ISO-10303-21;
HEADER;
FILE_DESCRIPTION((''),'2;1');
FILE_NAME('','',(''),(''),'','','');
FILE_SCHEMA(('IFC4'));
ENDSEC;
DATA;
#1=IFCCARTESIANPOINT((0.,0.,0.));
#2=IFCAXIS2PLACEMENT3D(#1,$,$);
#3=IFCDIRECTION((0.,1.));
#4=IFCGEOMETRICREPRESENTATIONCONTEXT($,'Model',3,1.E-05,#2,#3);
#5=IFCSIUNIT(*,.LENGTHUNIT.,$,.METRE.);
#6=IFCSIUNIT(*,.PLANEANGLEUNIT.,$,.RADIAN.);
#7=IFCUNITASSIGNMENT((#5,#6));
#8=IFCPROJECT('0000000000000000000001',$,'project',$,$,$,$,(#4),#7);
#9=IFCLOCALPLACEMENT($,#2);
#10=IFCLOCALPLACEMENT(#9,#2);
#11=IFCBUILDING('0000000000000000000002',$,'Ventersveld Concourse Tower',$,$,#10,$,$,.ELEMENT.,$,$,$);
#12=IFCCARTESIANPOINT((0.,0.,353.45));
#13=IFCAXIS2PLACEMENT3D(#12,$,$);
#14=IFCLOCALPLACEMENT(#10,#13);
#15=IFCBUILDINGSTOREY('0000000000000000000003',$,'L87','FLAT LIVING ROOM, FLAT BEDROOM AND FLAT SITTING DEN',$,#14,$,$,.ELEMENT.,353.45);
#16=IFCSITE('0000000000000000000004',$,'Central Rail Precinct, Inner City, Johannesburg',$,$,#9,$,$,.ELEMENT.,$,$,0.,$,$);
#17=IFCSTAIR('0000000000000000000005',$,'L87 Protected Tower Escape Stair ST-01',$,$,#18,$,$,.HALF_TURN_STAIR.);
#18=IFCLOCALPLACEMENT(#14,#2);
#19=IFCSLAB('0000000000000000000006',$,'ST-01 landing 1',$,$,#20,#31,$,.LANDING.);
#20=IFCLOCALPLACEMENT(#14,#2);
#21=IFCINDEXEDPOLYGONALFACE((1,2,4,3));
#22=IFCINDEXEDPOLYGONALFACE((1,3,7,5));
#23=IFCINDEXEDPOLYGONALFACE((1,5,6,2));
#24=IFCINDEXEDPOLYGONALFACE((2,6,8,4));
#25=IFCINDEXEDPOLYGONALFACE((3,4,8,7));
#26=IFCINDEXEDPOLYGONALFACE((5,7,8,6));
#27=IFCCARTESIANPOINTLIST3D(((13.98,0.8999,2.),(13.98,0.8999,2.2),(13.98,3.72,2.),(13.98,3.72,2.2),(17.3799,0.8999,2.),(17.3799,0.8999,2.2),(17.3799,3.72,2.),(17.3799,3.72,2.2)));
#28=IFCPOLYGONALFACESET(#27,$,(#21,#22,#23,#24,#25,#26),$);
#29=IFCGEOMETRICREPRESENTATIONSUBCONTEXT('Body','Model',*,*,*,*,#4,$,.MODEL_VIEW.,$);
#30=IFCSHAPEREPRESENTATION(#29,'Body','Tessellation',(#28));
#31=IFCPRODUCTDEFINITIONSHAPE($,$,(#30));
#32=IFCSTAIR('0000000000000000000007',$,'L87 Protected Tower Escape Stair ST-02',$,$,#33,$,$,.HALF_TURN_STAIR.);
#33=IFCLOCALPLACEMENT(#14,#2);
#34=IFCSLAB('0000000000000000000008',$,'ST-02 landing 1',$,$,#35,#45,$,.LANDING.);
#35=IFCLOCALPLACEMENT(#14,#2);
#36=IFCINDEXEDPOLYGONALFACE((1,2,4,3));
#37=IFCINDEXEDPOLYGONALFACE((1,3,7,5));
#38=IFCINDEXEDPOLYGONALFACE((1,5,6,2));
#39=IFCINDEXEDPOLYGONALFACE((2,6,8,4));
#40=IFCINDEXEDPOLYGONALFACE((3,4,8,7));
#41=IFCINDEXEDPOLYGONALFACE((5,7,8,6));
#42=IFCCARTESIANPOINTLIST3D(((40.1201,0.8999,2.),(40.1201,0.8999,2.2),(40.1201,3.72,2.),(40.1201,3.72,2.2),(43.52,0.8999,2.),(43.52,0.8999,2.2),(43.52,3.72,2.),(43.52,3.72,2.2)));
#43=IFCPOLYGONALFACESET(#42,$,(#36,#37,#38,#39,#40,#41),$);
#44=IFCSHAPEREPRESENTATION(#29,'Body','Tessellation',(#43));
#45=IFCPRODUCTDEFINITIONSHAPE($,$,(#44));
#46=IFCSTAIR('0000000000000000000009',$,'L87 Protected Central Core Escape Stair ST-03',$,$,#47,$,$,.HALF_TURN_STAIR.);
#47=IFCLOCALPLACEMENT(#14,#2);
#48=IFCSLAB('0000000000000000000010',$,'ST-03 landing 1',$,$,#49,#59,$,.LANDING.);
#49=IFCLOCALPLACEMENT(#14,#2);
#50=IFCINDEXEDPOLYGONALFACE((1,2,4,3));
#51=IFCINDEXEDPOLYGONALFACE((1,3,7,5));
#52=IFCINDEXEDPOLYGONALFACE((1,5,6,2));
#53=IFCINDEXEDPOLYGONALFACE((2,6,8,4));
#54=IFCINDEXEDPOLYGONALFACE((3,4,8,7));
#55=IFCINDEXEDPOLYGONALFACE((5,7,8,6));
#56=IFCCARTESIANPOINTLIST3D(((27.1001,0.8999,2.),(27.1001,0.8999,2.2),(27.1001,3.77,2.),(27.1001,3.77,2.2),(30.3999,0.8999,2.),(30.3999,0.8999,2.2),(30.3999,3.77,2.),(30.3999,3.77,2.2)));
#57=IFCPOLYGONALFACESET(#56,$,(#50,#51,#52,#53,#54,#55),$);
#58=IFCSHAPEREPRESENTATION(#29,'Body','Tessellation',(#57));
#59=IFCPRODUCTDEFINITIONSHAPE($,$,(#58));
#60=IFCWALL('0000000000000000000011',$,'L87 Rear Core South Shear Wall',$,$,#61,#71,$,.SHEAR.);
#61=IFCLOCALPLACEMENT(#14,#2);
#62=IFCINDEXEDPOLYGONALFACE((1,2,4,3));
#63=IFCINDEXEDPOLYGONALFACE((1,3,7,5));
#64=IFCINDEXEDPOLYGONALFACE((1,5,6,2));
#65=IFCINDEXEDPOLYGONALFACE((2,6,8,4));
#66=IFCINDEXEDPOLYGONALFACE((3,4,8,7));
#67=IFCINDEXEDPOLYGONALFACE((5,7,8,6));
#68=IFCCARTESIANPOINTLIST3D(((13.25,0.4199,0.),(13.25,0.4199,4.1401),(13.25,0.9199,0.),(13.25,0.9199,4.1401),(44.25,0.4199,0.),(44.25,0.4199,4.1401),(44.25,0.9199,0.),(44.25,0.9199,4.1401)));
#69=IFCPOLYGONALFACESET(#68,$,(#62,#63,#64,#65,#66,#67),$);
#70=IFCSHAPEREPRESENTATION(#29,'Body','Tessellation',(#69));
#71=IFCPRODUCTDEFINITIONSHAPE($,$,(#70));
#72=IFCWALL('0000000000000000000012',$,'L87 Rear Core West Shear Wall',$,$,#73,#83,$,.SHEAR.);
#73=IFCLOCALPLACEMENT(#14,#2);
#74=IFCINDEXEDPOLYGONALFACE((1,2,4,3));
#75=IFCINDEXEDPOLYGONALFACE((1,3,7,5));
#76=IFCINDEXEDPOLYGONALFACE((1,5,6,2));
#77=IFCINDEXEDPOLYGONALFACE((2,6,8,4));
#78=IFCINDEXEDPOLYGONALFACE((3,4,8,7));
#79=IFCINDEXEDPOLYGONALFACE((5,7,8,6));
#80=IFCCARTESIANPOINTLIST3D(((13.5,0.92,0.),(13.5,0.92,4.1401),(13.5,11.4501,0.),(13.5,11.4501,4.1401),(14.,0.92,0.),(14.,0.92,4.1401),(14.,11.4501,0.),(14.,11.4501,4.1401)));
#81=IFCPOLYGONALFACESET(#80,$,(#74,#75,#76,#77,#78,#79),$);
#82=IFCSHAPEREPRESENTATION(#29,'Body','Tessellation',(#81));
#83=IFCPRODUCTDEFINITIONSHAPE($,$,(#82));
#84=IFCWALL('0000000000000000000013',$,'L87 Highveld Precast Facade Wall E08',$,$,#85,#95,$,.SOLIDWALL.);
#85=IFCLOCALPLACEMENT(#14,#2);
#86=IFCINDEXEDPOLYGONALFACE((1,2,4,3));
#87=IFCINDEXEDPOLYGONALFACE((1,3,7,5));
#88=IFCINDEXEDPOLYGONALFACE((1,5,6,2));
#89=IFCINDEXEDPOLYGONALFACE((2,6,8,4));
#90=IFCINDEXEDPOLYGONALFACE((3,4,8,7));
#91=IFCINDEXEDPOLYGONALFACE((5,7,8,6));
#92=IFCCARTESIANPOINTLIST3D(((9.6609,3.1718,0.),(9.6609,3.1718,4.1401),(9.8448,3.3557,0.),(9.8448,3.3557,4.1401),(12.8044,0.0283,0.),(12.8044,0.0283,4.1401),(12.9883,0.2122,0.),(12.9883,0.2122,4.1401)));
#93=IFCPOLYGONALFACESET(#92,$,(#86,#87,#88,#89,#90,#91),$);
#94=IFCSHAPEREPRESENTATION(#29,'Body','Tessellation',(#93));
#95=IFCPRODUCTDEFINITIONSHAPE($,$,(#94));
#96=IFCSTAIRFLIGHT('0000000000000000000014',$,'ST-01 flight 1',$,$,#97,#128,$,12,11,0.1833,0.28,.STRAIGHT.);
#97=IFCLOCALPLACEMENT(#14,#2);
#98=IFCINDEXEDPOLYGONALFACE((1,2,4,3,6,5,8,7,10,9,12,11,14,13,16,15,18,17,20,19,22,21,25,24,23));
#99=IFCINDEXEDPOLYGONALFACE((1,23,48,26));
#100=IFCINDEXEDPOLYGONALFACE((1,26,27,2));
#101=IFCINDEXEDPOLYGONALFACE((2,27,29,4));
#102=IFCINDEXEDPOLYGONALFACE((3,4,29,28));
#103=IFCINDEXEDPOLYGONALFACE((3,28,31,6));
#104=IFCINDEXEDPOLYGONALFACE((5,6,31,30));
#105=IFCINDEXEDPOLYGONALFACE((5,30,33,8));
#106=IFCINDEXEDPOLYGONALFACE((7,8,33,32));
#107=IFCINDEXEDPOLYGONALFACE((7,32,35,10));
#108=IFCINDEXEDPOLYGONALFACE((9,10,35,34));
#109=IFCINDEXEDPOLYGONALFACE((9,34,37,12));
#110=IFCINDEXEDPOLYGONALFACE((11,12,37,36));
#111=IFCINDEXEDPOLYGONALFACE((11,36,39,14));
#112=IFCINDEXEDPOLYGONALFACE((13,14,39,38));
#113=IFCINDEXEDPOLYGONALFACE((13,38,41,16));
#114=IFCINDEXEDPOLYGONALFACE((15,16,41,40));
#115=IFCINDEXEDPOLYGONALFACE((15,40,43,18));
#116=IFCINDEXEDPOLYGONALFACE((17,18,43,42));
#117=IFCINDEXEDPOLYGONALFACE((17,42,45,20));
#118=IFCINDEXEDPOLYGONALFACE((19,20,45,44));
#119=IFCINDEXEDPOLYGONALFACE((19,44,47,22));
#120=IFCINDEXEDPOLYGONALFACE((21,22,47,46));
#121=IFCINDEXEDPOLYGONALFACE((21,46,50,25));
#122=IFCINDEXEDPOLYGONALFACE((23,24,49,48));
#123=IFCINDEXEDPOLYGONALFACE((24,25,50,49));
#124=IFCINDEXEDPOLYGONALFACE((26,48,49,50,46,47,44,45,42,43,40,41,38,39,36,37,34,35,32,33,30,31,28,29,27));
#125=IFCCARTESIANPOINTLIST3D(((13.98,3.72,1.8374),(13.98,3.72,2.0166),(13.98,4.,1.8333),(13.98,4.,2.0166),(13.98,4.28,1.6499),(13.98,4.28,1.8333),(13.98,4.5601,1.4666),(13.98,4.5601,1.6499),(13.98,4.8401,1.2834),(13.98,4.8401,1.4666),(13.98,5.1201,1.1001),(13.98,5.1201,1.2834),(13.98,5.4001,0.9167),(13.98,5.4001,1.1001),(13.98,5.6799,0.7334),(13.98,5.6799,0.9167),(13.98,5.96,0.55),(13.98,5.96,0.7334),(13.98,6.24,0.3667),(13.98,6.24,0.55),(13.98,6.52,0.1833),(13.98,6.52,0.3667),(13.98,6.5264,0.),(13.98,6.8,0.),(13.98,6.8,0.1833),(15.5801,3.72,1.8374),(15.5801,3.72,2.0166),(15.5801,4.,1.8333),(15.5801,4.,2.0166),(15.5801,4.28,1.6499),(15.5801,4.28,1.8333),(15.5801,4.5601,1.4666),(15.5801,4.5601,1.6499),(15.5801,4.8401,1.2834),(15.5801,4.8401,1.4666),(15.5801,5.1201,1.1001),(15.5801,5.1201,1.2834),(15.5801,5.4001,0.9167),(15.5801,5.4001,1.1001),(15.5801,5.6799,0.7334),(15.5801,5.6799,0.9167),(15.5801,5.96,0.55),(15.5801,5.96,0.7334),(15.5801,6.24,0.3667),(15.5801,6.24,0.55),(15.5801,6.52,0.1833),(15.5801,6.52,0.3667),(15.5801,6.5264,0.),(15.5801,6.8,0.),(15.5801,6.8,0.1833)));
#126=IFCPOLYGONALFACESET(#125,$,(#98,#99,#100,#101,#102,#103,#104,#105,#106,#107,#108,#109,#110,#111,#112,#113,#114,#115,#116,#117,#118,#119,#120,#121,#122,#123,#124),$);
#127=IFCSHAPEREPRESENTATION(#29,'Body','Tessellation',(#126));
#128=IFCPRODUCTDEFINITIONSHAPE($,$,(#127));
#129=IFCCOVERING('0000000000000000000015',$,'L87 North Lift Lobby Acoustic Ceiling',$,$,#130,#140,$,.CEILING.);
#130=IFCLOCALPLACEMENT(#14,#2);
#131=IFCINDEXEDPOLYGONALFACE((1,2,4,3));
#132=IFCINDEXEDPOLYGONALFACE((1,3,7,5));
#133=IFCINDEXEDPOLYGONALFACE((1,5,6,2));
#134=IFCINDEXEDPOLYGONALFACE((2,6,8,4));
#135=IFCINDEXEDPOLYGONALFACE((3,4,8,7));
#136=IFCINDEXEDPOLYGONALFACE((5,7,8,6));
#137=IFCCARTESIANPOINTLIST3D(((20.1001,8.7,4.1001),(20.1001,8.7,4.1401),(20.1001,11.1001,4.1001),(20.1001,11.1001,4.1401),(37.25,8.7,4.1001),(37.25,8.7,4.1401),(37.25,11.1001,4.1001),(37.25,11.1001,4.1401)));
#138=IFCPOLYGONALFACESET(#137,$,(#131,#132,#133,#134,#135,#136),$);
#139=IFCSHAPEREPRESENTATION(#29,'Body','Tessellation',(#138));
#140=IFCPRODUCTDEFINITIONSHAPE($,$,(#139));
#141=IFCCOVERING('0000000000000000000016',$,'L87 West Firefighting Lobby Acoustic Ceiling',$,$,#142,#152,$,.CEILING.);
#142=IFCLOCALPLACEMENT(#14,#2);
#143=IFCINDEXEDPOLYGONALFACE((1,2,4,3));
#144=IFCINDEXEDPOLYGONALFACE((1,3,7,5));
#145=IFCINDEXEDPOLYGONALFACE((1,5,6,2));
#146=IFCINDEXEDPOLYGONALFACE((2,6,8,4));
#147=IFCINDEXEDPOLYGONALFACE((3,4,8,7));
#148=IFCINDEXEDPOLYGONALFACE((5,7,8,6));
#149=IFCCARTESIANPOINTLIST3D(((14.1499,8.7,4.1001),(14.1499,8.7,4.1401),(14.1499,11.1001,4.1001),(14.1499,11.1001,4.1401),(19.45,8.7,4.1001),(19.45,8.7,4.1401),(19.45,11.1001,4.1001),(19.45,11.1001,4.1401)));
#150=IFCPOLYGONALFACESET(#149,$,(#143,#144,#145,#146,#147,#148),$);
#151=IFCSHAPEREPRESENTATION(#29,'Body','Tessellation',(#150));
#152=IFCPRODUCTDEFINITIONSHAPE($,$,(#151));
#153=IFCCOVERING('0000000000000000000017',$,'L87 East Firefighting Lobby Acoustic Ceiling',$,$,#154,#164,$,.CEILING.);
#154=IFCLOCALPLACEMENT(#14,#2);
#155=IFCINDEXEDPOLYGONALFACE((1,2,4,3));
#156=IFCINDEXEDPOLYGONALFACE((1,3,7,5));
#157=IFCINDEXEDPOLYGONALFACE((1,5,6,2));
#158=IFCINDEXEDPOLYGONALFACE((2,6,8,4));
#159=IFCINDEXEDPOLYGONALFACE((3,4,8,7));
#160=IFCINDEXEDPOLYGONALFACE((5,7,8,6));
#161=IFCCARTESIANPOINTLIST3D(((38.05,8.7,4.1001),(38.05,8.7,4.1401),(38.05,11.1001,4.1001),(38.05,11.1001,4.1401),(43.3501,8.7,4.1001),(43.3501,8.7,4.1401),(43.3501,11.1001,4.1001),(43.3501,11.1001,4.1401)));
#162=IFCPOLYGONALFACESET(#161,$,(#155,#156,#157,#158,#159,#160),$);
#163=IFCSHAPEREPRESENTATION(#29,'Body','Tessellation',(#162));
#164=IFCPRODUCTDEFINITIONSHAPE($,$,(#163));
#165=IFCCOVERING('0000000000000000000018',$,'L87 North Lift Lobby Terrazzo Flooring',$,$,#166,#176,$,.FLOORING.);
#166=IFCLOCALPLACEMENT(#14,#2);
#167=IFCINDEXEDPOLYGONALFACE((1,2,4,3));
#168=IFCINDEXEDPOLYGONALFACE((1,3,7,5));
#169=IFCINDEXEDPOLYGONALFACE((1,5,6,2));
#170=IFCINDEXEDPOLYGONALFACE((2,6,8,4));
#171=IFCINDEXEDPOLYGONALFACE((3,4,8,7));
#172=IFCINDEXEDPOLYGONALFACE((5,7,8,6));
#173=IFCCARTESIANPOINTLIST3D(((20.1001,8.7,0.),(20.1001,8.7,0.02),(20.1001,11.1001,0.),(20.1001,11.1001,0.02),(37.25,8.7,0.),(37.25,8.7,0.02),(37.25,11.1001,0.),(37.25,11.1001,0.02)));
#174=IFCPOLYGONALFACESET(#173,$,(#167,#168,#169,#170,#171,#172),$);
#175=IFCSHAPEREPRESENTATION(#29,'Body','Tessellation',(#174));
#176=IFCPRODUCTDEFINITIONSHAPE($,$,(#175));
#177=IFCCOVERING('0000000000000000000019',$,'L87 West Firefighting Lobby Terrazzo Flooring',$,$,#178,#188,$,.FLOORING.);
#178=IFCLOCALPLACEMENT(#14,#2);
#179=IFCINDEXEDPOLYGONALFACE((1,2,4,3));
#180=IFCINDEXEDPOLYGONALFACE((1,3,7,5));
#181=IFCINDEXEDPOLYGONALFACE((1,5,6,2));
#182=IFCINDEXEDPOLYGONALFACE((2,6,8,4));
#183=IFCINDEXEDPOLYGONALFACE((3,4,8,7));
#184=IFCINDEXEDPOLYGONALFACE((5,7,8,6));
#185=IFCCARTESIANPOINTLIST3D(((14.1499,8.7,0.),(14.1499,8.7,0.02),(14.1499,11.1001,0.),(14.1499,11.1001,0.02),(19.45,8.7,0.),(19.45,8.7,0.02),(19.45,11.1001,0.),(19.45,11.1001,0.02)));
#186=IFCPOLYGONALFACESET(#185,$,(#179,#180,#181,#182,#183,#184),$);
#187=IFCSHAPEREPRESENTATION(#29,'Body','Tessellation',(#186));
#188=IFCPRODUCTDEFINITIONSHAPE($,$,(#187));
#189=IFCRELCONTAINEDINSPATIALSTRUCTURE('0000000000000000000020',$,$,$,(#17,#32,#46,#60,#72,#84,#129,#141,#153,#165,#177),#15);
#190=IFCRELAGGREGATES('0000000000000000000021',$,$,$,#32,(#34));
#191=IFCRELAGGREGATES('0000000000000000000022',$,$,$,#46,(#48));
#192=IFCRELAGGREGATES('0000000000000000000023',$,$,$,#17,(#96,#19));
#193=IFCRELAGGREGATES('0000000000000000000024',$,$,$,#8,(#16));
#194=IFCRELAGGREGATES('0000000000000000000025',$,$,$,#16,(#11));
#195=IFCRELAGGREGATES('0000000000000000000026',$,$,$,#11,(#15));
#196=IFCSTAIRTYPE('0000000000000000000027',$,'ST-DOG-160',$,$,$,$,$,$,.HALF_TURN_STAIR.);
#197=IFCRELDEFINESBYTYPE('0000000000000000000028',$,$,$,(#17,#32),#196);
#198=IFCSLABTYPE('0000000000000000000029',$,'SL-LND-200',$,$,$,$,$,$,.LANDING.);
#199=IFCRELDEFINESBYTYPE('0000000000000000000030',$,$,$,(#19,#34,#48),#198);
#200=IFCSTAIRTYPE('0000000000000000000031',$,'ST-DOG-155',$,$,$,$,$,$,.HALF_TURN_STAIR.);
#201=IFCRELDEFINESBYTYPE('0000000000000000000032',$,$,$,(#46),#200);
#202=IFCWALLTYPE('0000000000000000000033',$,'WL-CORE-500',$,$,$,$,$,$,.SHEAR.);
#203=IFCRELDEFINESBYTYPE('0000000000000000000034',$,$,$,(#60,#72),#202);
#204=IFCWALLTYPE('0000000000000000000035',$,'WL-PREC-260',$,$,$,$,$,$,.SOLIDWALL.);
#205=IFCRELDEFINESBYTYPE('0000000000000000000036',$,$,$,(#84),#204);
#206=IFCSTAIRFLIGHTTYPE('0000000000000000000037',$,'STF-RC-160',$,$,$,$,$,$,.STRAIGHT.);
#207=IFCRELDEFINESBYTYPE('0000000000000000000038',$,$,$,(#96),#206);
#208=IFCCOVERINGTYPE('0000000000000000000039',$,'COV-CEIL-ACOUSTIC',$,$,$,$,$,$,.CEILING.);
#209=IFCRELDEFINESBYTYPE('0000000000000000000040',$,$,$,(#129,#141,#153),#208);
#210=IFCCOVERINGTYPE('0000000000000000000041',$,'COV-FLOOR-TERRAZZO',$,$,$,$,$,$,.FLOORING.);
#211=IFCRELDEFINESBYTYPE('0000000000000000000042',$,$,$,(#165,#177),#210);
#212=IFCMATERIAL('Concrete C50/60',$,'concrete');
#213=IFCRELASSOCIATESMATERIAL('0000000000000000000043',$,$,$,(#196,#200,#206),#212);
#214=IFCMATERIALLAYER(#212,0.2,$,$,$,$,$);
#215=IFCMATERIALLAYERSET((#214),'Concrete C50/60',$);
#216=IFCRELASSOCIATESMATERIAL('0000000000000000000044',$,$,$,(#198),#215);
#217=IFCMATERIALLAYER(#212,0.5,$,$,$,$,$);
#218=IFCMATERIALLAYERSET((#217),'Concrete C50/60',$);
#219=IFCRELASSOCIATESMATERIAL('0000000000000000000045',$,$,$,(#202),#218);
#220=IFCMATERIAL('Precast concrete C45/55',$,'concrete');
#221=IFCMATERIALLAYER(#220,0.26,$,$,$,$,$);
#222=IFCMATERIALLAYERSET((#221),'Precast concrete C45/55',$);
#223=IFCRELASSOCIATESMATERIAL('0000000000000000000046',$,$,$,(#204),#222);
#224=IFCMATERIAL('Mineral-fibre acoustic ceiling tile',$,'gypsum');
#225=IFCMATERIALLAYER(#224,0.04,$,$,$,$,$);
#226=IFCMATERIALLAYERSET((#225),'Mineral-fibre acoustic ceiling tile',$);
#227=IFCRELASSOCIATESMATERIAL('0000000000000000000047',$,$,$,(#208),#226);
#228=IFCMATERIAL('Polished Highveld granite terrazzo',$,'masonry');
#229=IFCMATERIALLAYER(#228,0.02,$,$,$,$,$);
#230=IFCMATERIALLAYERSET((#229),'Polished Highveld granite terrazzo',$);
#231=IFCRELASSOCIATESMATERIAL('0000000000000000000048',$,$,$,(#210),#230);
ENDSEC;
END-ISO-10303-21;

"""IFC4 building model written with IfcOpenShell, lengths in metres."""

from ifc_helpers import new_model, si_unit, direction, frame, frame_2d, origin, place, context, subcontext, project, spatial, polyline, rectangle, outline, extrude, material, layer, layer_set, type_object, element, aggregate, save


model = new_model("IFC4")

# Units and contexts
model_context = context("Model", 3, precision=1e-05, world=origin(), true_north=direction((0.0, 1.0)))
body_context = subcontext(model_context, "Body", "Model", "MODEL_VIEW")
ifc_project = project(units=[si_unit("LENGTHUNIT", "METRE"), si_unit("PLANEANGLEUNIT", "RADIAN")], contexts=[model_context])

# Site, building, storey
site_placement = place(None, origin())
site = spatial("IfcSite", under=ifc_project, at=site_placement, Name="Central Rail Precinct, Inner City, Johannesburg", CompositionType="ELEMENT", RefElevation=0.0)
building_placement = place(site_placement, origin())
building = spatial("IfcBuilding", under=site, at=building_placement, Name="Ventersveld Concourse Tower", CompositionType="ELEMENT")
storey_placement = place(building_placement, frame((0.0, 0.0, 353.45)))
storey = spatial("IfcBuildingStorey", under=building, at=storey_placement, Name="L87", Description="FLAT LIVING ROOM, FLAT BEDROOM AND FLAT SITTING DEN", CompositionType="ELEMENT", Elevation=353.45)

# Shared definitions
ifc_material_1 = material(Name="Concrete C50/60", Category="concrete")

# Stairs, slabs
stair_type_1 = type_object("IfcStairType", Name="ST-DOG-160", PredefinedType="HALF_TURN_STAIR", material=ifc_material_1)
stair_1_placement = place(storey_placement, origin())
stair_1 = element("IfcStair", 1, at=stair_1_placement, inside=storey, type_object=stair_type_1, Name="L87 Protected Tower Escape Stair ST-01", PredefinedType="HALF_TURN_STAIR")
ifc_layer_1 = layer(ifc_material_1, 0.2)
ifc_layer_set_1 = layer_set([ifc_layer_1], Name="Concrete C50/60")
slab_type_1 = type_object("IfcSlabType", Name="SL-LND-200", PredefinedType="LANDING", material=ifc_layer_set_1)
slab_1_placement = place(storey_placement, frame((0.0, 0.0, 2.0)))
slab_1 = element("IfcSlab", 2, at=slab_1_placement, type_object=slab_type_1, Name="ST-01 landing 1", PredefinedType="LANDING", context=body_context, shape_type="SweptSolid", body=[
    extrude(outline(polyline([(13.98, 3.72), (13.98, 0.8999), (17.3799, 0.8999), (17.3799, 3.72), (13.98, 3.72)])), origin(), (0.0, 0.0, 1.0), 0.2),
])
stair_2_placement = place(storey_placement, origin())
stair_2 = element("IfcStair", 3, at=stair_2_placement, inside=storey, type_object=stair_type_1, Name="L87 Protected Tower Escape Stair ST-02", PredefinedType="HALF_TURN_STAIR")
slab_2_placement = place(storey_placement, frame((0.0, 0.0, 2.0)))
slab_2 = element("IfcSlab", 4, at=slab_2_placement, type_object=slab_type_1, Name="ST-02 landing 1", PredefinedType="LANDING", context=body_context, shape_type="SweptSolid", body=[
    extrude(outline(polyline([(40.1201, 3.72), (40.1201, 0.8999), (43.52, 0.8999), (43.52, 3.72), (40.1201, 3.72)])), origin(), (0.0, 0.0, 1.0), 0.2),
])
aggregate(stair_2, [slab_2])
stair_type_2 = type_object("IfcStairType", Name="ST-DOG-155", PredefinedType="HALF_TURN_STAIR", material=ifc_material_1)
stair_3_placement = place(storey_placement, origin())
stair_3 = element("IfcStair", 5, at=stair_3_placement, inside=storey, type_object=stair_type_2, Name="L87 Protected Central Core Escape Stair ST-03", PredefinedType="HALF_TURN_STAIR")
slab_3_placement = place(storey_placement, frame((0.0, 0.0, 2.0)))
slab_3 = element("IfcSlab", 6, at=slab_3_placement, type_object=slab_type_1, Name="ST-03 landing 1", PredefinedType="LANDING", context=body_context, shape_type="SweptSolid", body=[
    extrude(outline(polyline([(27.1001, 3.77), (27.1001, 0.8999), (30.3999, 0.8999), (30.3999, 3.77), (27.1001, 3.77)])), origin(), (0.0, 0.0, 1.0), 0.2),
])
aggregate(stair_3, [slab_3])

# Walls
ifc_layer_2 = layer(ifc_material_1, 0.5)
ifc_layer_set_2 = layer_set([ifc_layer_2], Name="Concrete C50/60")
wall_type_1 = type_object("IfcWallType", Name="WL-CORE-500", PredefinedType="SHEAR", material=ifc_layer_set_2)
wall_1_placement = place(storey_placement, frame((13.25, 0.6699, 0.0), z_axis=(0.0, 0.0, 1.0), x_axis=(1.0, 0.0, 0.0)))
element("IfcWall", 7, at=wall_1_placement, inside=storey, type_object=wall_type_1, Name="L87 Rear Core South Shear Wall", PredefinedType="SHEAR", context=body_context, shape_type="SweptSolid", body=[
    extrude(rectangle(XDim=31.0, YDim=0.5, at=frame_2d((15.5, 0.0))), origin(), (0.0, 0.0, 1.0), 4.1401),
])
wall_2_placement = place(storey_placement, frame((13.75, 0.9199, 0.0), z_axis=(0.0, 0.0, 1.0), x_axis=(0.0, 1.0, 0.0)))
element("IfcWall", 8, at=wall_2_placement, inside=storey, type_object=wall_type_1, Name="L87 Rear Core West Shear Wall", PredefinedType="SHEAR", context=body_context, shape_type="SweptSolid", body=[
    extrude(rectangle(XDim=10.53, YDim=0.5, at=frame_2d((5.2651, 0.0))), origin(), (0.0, 0.0, 1.0), 4.1401),
])
ifc_material_2 = material(Name="Precast concrete C45/55", Category="concrete")
ifc_layer_3 = layer(ifc_material_2, 0.26)
ifc_layer_set_3 = layer_set([ifc_layer_3], Name="Precast concrete C45/55")
wall_type_2 = type_object("IfcWallType", Name="WL-PREC-260", PredefinedType="SOLIDWALL", material=ifc_layer_set_3)
wall_3_placement = place(storey_placement, frame((9.7529, 3.2637, 0.0), z_axis=(0.0, 0.0, 1.0), x_axis=(0.707107, -0.707107, 0.0)))
element("IfcWall", 9, at=wall_3_placement, inside=storey, type_object=wall_type_2, Name="L87 Highveld Precast Facade Wall E08", PredefinedType="SOLIDWALL", context=body_context, shape_type="SweptSolid", body=[
    extrude(rectangle(XDim=4.4456, YDim=0.26, at=frame_2d((2.2227, 0.0))), origin(), (0.0, 0.0, 1.0), 4.1401),
])

# Stair flight
stair_flight_type = type_object("IfcStairFlightType", Name="STF-RC-160", PredefinedType="STRAIGHT", material=ifc_material_1)
stair_flight_placement = place(storey_placement, frame((14.78, 6.8, 0.0), z_axis=(0.0, 0.0, 1.0), x_axis=(0.0, -1.0, 0.0)))
stair_flight = element("IfcStairFlight", 10, at=stair_flight_placement, type_object=stair_flight_type, Name="ST-01 flight 1", NumberOfRisers=12, NumberOfTreads=11, PredefinedType="STRAIGHT", RiserHeight=0.1833, TreadLength=0.28, context=body_context, shape_type="SweptSolid", body=[
    extrude(outline(polyline([(0.0, 0.0), (0.0, 0.1833), (0.28, 0.1833), (0.28, 0.3667), (0.5601, 0.3667), (0.5601, 0.55), (0.8401, 0.55), (0.8401, 0.7334), (1.1201, 0.7334), (1.1201, 0.9167), (1.3999, 0.9167), (1.3999, 1.1001), (1.6799, 1.1001), (1.6799, 1.2834), (1.96, 1.2834), (1.96, 1.4666), (2.24, 1.4666), (2.24, 1.6499), (2.52, 1.6499), (2.52, 1.8333), (2.8, 1.8333), (2.8, 2.0166), (3.0801, 2.0166), (3.0801, 2.2), (3.0801, 1.8374), (0.2737, 0.0), (0.0, 0.0)])), frame((0.0, 0.8, 0.0), z_axis=(0.0, -1.0, 0.0), x_axis=(1.0, 0.0, 0.0)), (0.0, 0.0, 1.0), 1.6001),
])
aggregate(stair_1, [stair_flight, slab_1])

# Coverings
ifc_material_3 = material(Name="Mineral-fibre acoustic ceiling tile", Category="gypsum")
ifc_layer_4 = layer(ifc_material_3, 0.04)
ifc_layer_set_4 = layer_set([ifc_layer_4], Name="Mineral-fibre acoustic ceiling tile")
covering_type_1 = type_object("IfcCoveringType", Name="COV-CEIL-ACOUSTIC", PredefinedType="CEILING", material=ifc_layer_set_4)
covering_1_placement = place(storey_placement, frame((0.0, 0.0, 4.1001)))
element("IfcCovering", 11, at=covering_1_placement, inside=storey, type_object=covering_type_1, Name="L87 North Lift Lobby Acoustic Ceiling", PredefinedType="CEILING", context=body_context, shape_type="SweptSolid", body=[
    extrude(outline(polyline([(20.1001, 8.7), (37.25, 8.7), (37.25, 11.1001), (20.1001, 11.1001), (20.1001, 8.7)])), origin(), (0.0, 0.0, 1.0), 0.04),
])
covering_2_placement = place(storey_placement, frame((0.0, 0.0, 4.1001)))
element("IfcCovering", 12, at=covering_2_placement, inside=storey, type_object=covering_type_1, Name="L87 West Firefighting Lobby Acoustic Ceiling", PredefinedType="CEILING", context=body_context, shape_type="SweptSolid", body=[
    extrude(outline(polyline([(14.1499, 8.7), (19.45, 8.7), (19.45, 11.1001), (14.1499, 11.1001), (14.1499, 8.7)])), origin(), (0.0, 0.0, 1.0), 0.04),
])
covering_3_placement = place(storey_placement, frame((0.0, 0.0, 4.1001)))
element("IfcCovering", 13, at=covering_3_placement, inside=storey, type_object=covering_type_1, Name="L87 East Firefighting Lobby Acoustic Ceiling", PredefinedType="CEILING", context=body_context, shape_type="SweptSolid", body=[
    extrude(outline(polyline([(38.05, 8.7), (43.3501, 8.7), (43.3501, 11.1001), (38.05, 11.1001), (38.05, 8.7)])), origin(), (0.0, 0.0, 1.0), 0.04),
])
ifc_material_4 = material(Name="Polished Highveld granite terrazzo", Category="masonry")
ifc_layer_5 = layer(ifc_material_4, 0.02)
ifc_layer_set_5 = layer_set([ifc_layer_5], Name="Polished Highveld granite terrazzo")
covering_type_2 = type_object("IfcCoveringType", Name="COV-FLOOR-TERRAZZO", PredefinedType="FLOORING", material=ifc_layer_set_5)
covering_4_placement = place(storey_placement, origin())
element("IfcCovering", 14, at=covering_4_placement, inside=storey, type_object=covering_type_2, Name="L87 North Lift Lobby Terrazzo Flooring", PredefinedType="FLOORING", context=body_context, shape_type="SweptSolid", body=[
    extrude(outline(polyline([(20.1001, 8.7), (37.25, 8.7), (37.25, 11.1001), (20.1001, 11.1001), (20.1001, 8.7)])), origin(), (0.0, 0.0, 1.0), 0.02),
])
covering_5_placement = place(storey_placement, origin())
element("IfcCovering", 15, at=covering_5_placement, inside=storey, type_object=covering_type_2, Name="L87 West Firefighting Lobby Terrazzo Flooring", PredefinedType="FLOORING", context=body_context, shape_type="SweptSolid", body=[
    extrude(outline(polyline([(14.1499, 8.7), (19.45, 8.7), (19.45, 11.1001), (14.1499, 11.1001), (14.1499, 8.7)])), origin(), (0.0, 0.0, 1.0), 0.02),
])

save(model, "model.ifc")
